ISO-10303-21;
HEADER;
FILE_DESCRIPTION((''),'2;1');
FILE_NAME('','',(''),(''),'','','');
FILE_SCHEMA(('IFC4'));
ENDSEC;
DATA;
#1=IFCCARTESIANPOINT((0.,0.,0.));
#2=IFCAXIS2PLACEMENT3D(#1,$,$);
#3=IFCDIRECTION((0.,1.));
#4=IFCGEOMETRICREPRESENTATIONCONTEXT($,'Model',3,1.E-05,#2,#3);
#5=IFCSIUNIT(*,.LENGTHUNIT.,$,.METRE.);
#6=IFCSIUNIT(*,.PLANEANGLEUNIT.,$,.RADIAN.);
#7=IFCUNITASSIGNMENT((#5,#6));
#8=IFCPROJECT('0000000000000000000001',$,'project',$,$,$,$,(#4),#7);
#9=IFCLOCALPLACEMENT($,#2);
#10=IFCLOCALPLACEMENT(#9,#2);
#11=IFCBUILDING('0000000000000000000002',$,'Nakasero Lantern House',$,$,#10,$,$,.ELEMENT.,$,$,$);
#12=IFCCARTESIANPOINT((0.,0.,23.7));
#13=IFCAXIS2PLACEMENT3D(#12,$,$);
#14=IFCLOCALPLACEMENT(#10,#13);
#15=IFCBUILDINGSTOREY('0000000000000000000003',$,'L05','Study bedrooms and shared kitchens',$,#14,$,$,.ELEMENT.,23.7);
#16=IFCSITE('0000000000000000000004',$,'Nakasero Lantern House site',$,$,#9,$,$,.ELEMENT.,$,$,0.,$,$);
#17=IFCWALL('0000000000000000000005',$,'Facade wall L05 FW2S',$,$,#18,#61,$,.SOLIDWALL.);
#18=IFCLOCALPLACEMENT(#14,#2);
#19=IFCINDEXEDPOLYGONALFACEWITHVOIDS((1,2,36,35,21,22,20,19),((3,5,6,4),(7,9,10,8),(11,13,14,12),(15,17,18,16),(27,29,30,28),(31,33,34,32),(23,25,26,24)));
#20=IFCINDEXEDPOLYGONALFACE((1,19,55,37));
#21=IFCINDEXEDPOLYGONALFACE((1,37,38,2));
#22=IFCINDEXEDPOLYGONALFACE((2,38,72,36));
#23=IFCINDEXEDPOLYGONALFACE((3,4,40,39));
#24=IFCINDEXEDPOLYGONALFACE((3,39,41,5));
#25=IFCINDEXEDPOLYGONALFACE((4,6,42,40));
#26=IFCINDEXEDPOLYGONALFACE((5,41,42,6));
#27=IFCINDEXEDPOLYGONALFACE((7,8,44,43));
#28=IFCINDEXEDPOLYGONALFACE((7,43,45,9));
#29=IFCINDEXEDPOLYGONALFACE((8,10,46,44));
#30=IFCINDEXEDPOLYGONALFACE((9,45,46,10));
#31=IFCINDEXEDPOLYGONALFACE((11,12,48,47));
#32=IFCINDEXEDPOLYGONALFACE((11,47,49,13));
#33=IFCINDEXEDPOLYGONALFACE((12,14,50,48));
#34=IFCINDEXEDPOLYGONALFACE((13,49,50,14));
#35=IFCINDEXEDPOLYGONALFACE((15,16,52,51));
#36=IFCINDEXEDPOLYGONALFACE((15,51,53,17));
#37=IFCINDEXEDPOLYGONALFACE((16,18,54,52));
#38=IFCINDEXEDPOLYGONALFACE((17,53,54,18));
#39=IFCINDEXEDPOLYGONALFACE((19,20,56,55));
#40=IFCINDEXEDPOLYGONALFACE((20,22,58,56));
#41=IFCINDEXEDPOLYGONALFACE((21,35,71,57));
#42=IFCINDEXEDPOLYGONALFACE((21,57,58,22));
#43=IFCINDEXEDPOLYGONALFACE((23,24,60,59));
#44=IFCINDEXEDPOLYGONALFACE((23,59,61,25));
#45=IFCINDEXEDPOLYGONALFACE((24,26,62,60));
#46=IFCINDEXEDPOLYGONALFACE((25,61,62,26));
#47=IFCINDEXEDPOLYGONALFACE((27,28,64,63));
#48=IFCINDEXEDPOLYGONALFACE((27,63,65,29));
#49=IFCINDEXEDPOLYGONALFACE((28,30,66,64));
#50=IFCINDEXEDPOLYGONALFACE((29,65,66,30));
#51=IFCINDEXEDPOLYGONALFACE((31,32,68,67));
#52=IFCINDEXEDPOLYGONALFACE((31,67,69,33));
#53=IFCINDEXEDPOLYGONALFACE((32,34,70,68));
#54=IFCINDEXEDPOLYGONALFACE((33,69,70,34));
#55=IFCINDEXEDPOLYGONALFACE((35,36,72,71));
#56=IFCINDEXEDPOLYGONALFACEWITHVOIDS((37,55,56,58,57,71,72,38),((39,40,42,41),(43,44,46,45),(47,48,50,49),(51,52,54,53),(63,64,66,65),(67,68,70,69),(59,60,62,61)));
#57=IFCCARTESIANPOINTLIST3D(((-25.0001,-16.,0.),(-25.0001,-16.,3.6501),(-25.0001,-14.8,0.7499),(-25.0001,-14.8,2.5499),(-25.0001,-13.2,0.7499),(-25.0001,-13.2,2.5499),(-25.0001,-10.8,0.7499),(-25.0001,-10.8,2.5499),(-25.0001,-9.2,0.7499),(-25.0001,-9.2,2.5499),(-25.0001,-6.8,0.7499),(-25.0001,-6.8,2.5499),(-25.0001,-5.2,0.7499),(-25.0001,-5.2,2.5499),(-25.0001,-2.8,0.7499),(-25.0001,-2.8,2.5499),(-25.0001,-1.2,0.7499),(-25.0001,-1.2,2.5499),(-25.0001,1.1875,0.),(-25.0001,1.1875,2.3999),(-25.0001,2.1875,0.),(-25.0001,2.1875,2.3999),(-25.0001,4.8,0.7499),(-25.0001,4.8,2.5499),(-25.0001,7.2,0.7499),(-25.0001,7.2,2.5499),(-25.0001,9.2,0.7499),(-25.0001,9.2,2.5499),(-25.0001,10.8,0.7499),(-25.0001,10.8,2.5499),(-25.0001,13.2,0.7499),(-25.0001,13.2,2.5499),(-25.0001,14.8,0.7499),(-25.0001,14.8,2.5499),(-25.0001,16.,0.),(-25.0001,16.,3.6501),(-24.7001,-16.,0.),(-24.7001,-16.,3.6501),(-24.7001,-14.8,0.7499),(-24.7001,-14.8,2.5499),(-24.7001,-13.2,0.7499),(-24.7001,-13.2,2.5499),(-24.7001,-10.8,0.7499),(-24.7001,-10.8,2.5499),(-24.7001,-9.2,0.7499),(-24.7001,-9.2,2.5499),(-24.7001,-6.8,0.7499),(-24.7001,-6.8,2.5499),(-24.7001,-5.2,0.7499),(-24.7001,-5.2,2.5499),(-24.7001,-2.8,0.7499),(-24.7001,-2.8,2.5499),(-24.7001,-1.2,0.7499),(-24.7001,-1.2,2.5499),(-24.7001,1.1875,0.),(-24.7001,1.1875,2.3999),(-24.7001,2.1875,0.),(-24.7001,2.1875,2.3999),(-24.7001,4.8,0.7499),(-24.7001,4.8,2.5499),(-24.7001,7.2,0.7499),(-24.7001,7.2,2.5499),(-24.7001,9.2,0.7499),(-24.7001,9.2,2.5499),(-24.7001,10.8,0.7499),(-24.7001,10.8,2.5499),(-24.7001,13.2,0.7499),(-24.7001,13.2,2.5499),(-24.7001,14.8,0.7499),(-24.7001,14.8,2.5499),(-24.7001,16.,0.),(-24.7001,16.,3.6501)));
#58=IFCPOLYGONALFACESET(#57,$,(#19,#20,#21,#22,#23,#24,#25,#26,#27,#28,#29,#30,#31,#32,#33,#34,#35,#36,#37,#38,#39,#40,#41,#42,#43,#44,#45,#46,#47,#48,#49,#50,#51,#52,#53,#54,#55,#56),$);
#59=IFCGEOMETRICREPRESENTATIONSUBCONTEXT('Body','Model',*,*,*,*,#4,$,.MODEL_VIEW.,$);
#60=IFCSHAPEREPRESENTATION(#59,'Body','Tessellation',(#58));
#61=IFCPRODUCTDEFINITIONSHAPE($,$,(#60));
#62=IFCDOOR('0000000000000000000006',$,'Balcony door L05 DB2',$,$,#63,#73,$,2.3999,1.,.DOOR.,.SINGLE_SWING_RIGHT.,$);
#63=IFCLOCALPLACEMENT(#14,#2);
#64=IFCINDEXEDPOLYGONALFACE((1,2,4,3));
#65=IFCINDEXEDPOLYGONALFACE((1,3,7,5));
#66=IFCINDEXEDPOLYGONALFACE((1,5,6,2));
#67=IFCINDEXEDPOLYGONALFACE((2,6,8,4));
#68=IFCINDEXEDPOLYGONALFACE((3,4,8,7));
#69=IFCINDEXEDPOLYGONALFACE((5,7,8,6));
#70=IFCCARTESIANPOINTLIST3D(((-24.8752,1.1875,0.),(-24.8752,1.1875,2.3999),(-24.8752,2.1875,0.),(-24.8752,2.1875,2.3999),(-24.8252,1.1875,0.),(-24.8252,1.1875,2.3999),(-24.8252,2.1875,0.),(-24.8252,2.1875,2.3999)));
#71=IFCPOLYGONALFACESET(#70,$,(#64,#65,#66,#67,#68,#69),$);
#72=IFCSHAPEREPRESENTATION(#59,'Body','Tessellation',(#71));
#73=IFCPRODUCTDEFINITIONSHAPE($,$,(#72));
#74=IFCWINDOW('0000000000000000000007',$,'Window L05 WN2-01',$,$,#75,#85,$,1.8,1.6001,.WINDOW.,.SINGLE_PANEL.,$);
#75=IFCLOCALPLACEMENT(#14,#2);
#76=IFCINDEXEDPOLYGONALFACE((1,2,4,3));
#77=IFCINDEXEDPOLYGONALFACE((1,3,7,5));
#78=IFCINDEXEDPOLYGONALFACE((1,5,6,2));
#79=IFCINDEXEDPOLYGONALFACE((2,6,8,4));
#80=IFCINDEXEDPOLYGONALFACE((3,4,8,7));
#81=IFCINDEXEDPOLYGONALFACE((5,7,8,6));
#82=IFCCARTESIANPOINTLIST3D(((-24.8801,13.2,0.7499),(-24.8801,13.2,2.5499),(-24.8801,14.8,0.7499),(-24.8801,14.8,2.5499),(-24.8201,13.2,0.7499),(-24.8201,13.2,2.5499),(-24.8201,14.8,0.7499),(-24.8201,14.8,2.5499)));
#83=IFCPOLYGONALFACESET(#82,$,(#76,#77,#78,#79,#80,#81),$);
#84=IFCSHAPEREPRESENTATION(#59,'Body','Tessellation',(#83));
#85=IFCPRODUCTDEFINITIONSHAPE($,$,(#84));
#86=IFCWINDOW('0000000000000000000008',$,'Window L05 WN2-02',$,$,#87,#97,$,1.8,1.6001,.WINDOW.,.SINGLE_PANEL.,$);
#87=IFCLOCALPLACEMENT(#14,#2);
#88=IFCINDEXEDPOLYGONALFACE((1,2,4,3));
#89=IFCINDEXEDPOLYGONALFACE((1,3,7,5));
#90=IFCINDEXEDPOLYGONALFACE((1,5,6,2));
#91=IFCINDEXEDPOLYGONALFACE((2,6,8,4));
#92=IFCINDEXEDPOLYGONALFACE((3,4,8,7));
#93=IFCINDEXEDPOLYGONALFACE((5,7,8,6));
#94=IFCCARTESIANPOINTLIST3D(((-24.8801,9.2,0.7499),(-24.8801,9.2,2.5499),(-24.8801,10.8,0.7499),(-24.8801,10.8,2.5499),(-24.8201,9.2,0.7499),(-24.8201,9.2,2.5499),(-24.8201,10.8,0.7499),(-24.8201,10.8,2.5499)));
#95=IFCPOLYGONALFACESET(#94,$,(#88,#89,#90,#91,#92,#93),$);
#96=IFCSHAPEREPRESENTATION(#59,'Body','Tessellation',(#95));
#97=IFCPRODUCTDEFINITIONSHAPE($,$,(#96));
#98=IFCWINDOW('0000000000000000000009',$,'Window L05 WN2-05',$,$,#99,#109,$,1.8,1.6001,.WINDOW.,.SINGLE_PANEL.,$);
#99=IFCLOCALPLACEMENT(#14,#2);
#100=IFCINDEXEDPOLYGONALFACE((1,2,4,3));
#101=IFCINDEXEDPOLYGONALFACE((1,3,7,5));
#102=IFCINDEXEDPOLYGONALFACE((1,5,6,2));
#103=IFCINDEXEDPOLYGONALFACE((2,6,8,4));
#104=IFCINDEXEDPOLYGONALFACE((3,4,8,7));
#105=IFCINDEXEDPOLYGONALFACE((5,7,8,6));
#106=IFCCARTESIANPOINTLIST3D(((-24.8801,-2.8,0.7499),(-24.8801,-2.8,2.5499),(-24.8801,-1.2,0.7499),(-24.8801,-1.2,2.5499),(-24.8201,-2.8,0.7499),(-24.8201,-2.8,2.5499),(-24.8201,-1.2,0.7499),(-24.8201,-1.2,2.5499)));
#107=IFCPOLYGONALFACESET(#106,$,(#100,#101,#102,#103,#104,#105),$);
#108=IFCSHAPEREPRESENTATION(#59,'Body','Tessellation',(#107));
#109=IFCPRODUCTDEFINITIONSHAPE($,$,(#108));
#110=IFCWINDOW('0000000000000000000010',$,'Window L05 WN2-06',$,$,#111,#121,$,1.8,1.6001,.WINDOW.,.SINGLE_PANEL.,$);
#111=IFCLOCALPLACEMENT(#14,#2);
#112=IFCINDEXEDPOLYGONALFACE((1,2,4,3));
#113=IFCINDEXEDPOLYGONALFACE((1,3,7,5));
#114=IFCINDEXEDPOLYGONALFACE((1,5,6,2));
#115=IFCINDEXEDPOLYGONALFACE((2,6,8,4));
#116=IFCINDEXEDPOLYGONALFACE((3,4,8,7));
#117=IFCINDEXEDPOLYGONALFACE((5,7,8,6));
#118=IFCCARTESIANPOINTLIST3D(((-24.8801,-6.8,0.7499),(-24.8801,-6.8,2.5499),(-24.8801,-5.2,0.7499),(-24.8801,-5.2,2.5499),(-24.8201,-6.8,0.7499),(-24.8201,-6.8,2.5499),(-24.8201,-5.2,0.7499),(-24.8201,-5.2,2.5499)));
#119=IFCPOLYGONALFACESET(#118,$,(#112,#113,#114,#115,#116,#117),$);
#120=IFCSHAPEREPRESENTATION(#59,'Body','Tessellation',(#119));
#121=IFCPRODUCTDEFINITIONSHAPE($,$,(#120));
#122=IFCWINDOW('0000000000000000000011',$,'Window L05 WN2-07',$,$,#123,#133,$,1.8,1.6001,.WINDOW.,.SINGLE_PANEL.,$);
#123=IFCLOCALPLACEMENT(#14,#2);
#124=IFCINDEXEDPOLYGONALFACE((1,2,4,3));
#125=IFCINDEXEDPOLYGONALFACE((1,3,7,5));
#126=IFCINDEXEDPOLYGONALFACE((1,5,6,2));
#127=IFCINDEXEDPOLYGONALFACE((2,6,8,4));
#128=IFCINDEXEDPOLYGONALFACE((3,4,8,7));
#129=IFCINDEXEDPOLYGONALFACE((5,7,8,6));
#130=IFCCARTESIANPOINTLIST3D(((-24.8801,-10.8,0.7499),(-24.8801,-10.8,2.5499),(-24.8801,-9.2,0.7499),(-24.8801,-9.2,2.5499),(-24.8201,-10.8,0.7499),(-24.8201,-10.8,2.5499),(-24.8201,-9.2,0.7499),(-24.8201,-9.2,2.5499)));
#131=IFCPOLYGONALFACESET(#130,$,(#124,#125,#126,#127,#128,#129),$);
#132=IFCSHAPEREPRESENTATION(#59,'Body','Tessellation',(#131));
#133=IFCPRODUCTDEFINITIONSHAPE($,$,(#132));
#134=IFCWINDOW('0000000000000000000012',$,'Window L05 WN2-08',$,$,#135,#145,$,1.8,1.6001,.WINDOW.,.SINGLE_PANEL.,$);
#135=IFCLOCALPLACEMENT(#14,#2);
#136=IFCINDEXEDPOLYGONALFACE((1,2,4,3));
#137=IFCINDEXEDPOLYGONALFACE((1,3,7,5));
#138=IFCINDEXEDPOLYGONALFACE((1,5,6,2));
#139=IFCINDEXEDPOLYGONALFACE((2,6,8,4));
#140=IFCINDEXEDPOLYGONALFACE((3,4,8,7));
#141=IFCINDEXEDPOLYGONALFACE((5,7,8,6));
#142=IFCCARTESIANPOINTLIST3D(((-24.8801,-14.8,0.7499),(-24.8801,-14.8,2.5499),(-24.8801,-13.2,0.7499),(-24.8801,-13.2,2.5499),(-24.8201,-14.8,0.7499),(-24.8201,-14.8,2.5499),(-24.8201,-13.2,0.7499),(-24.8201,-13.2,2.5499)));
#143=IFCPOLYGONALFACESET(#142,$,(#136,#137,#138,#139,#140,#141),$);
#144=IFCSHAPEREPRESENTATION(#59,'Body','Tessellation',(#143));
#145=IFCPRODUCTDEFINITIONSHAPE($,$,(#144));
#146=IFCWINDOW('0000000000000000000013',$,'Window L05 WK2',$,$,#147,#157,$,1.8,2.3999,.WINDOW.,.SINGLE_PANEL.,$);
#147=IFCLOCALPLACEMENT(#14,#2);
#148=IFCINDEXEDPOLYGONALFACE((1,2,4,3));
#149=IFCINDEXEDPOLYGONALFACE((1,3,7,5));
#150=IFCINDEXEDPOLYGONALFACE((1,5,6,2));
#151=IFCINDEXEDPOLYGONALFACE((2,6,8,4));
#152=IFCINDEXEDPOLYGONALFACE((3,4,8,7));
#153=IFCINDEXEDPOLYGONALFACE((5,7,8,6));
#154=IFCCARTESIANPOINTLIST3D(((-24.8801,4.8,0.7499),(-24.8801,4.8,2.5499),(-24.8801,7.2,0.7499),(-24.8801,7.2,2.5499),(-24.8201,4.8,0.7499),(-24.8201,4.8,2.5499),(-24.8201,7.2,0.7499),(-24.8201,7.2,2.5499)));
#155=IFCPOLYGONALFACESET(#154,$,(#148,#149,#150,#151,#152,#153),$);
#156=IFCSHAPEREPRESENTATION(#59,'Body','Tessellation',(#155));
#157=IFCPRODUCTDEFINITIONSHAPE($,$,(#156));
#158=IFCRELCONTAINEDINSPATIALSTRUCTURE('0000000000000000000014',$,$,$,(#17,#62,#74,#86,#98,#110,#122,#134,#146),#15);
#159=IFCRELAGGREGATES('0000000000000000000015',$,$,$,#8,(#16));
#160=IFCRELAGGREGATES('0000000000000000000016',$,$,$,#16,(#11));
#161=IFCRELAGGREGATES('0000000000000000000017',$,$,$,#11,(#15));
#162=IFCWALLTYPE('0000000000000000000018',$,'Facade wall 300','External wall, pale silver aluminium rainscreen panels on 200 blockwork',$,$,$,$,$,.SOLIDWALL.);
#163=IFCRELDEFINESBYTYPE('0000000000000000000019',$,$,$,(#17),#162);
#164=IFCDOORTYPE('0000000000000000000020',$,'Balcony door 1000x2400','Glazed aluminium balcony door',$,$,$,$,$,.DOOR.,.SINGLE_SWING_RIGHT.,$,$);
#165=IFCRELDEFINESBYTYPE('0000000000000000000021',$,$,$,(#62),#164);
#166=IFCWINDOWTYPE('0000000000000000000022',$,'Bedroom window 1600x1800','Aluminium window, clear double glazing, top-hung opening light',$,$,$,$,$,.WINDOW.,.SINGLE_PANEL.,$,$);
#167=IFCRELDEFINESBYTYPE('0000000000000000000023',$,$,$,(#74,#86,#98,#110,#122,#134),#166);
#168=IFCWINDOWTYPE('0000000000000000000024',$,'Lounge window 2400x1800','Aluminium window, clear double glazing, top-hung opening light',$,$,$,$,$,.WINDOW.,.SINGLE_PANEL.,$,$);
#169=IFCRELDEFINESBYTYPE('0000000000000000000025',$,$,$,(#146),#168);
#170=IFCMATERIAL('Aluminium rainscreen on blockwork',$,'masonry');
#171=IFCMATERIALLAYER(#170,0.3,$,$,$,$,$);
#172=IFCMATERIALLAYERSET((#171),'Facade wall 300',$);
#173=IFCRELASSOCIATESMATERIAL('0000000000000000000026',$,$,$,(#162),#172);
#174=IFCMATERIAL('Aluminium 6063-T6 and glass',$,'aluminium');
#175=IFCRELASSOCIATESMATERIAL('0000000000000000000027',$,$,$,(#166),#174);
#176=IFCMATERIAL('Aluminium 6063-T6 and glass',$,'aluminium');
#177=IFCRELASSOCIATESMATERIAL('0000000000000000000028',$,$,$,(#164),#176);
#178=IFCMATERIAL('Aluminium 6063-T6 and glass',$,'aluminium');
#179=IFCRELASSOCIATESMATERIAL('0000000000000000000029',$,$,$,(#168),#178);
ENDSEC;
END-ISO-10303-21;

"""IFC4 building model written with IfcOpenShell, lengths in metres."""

from ifc_helpers import new_model, si_unit, direction, frame, frame_2d, origin, place, context, subcontext, project, spatial, rectangle, extrude, material, layer, layer_set, type_object, element, fill, save


model = new_model("IFC4")

# Units and contexts
model_context = context("Model", 3, precision=1e-05, world=origin(), true_north=direction((0.0, 1.0)))
body_context = subcontext(model_context, "Body", "Model", "MODEL_VIEW")
ifc_project = project(units=[si_unit("LENGTHUNIT", "METRE"), si_unit("PLANEANGLEUNIT", "RADIAN")], contexts=[model_context])

# Site, building, storey
site_placement = place(None, origin())
site = spatial("IfcSite", under=ifc_project, at=site_placement, Name="Nakasero Lantern House site", CompositionType="ELEMENT", RefElevation=0.0)
building_placement = place(site_placement, origin())
building = spatial("IfcBuilding", under=site, at=building_placement, Name="Nakasero Lantern House", CompositionType="ELEMENT")
storey_placement = place(building_placement, frame((0.0, 0.0, 23.7)))
storey = spatial("IfcBuildingStorey", under=building, at=storey_placement, Name="L05", Description="Study bedrooms and shared kitchens", CompositionType="ELEMENT", Elevation=23.7)

# Shared definitions
ifc_material_1 = material(Name="Aluminium rainscreen on blockwork", Category="masonry")
ifc_layer_1 = layer(ifc_material_1, 0.3)
ifc_layer_set_1 = layer_set([ifc_layer_1], Name="Facade wall 300")
wall_type_1 = type_object("IfcWallType", Name="Facade wall 300", Description="External wall, pale silver aluminium rainscreen panels on 200 blockwork", PredefinedType="SOLIDWALL", material=ifc_layer_set_1)
ifc_material_2 = material(Name="Aluminium 6063-T6 and glass", Category="aluminium")
window_type_1 = type_object("IfcWindowType", Name="Bedroom window 1600x1800", Description="Aluminium window, clear double glazing, top-hung opening light", PartitioningType="SINGLE_PANEL", PredefinedType="WINDOW", material=ifc_material_2)

# Wall, openings, door, windows
wall_1_placement = place(storey_placement, frame((-24.8501, 16.0, 0.0), z_axis=(0.0, 0.0, 1.0), x_axis=(0.0, -1.0, 0.0)))
wall_1 = element("IfcWall", 1, at=wall_1_placement, inside=storey, type_object=wall_type_1, Name="Facade wall L05 FW2S", PredefinedType="SOLIDWALL", context=body_context, shape_type="SweptSolid", body=[
    extrude(rectangle(XDim=32.0, YDim=0.3, at=frame_2d((16.0, 0.0))), origin(), (0.0, 0.0, 1.0), 3.6501),
])
opening_1_placement = place(wall_1_placement, frame((1.2, 0.0, 0.75)))
opening_1 = element("IfcOpeningElement", 2, at=opening_1_placement, cuts=wall_1, PredefinedType="OPENING", context=body_context, shape_type="SweptSolid", body=[
    extrude(rectangle(XDim=1.6001, YDim=1.8, at=frame_2d((0.8, 0.8999))), frame((0.0, 0.1699, 0.0), z_axis=(0.0, -1.0, 0.0), x_axis=(1.0, 0.0, 0.0)), (0.0, 0.0, 1.0), 0.3401),
])
opening_2_placement = place(wall_1_placement, frame((5.2, 0.0, 0.75)))
opening_2 = element("IfcOpeningElement", 3, at=opening_2_placement, cuts=wall_1, PredefinedType="OPENING", context=body_context, shape_type="SweptSolid", body=[
    extrude(rectangle(XDim=1.6001, YDim=1.8, at=frame_2d((0.8, 0.8999))), frame((0.0, 0.1699, 0.0), z_axis=(0.0, -1.0, 0.0), x_axis=(1.0, 0.0, 0.0)), (0.0, 0.0, 1.0), 0.3401),
])
opening_3_placement = place(wall_1_placement, frame((17.2, 0.0, 0.75)))
opening_3 = element("IfcOpeningElement", 4, at=opening_3_placement, cuts=wall_1, PredefinedType="OPENING", context=body_context, shape_type="SweptSolid", body=[
    extrude(rectangle(XDim=1.6001, YDim=1.8, at=frame_2d((0.8, 0.8999))), frame((0.0, 0.1699, 0.0), z_axis=(0.0, -1.0, 0.0), x_axis=(1.0, 0.0, 0.0)), (0.0, 0.0, 1.0), 0.3401),
])
opening_4_placement = place(wall_1_placement, frame((21.2, 0.0, 0.75)))
opening_4 = element("IfcOpeningElement", 5, at=opening_4_placement, cuts=wall_1, PredefinedType="OPENING", context=body_context, shape_type="SweptSolid", body=[
    extrude(rectangle(XDim=1.6001, YDim=1.8, at=frame_2d((0.8, 0.8999))), frame((0.0, 0.1699, 0.0), z_axis=(0.0, -1.0, 0.0), x_axis=(1.0, 0.0, 0.0)), (0.0, 0.0, 1.0), 0.3401),
])
opening_5_placement = place(wall_1_placement, frame((25.2, 0.0, 0.75)))
opening_5 = element("IfcOpeningElement", 6, at=opening_5_placement, cuts=wall_1, PredefinedType="OPENING", context=body_context, shape_type="SweptSolid", body=[
    extrude(rectangle(XDim=1.6001, YDim=1.8, at=frame_2d((0.8, 0.8999))), frame((0.0, 0.1699, 0.0), z_axis=(0.0, -1.0, 0.0), x_axis=(1.0, 0.0, 0.0)), (0.0, 0.0, 1.0), 0.3401),
])
opening_6_placement = place(wall_1_placement, frame((29.2, 0.0, 0.75)))
opening_6 = element("IfcOpeningElement", 7, at=opening_6_placement, cuts=wall_1, PredefinedType="OPENING", context=body_context, shape_type="SweptSolid", body=[
    extrude(rectangle(XDim=1.6001, YDim=1.8, at=frame_2d((0.8, 0.8999))), frame((0.0, 0.1699, 0.0), z_axis=(0.0, -1.0, 0.0), x_axis=(1.0, 0.0, 0.0)), (0.0, 0.0, 1.0), 0.3401),
])
opening_7_placement = place(wall_1_placement, frame((8.8, 0.0, 0.75)))
opening_7 = element("IfcOpeningElement", 8, at=opening_7_placement, cuts=wall_1, PredefinedType="OPENING", context=body_context, shape_type="SweptSolid", body=[
    extrude(rectangle(XDim=2.3999, YDim=1.8, at=frame_2d((1.2, 0.8999))), frame((0.0, 0.1699, 0.0), z_axis=(0.0, -1.0, 0.0), x_axis=(1.0, 0.0, 0.0)), (0.0, 0.0, 1.0), 0.3401),
])
opening_8_placement = place(wall_1_placement, frame((13.8125, 0.0, 0.0)))
opening_8 = element("IfcOpeningElement", 9, at=opening_8_placement, cuts=wall_1, PredefinedType="OPENING", context=body_context, shape_type="SweptSolid", body=[
    extrude(rectangle(XDim=1.0, YDim=2.3999, at=frame_2d((0.5, 1.2))), frame((0.0, 0.1699, 0.0), z_axis=(0.0, -1.0, 0.0), x_axis=(1.0, 0.0, 0.0)), (0.0, 0.0, 1.0), 0.3401),
])
ifc_material_3 = material(Name="Aluminium 6063-T6 and glass", Category="aluminium")
door_type_1 = type_object("IfcDoorType", Name="Balcony door 1000x2400", Description="Glazed aluminium balcony door", OperationType="SINGLE_SWING_RIGHT", PredefinedType="DOOR", material=ifc_material_3)
door_1_placement = place(opening_8_placement, origin())
door_1 = element("IfcDoor", 10, at=door_1_placement, inside=storey, type_object=door_type_1, Name="Balcony door L05 DB2", OperationType="SINGLE_SWING_RIGHT", OverallHeight=2.3999, OverallWidth=1.0, PredefinedType="DOOR", context=body_context, shape_type="SweptSolid", body=[
    extrude(rectangle(XDim=1.0, YDim=2.3999, at=frame_2d((0.5, 1.2))), frame((0.0, 0.0249, 0.0), z_axis=(0.0, -1.0, 0.0), x_axis=(1.0, 0.0, 0.0)), (0.0, 0.0, 1.0), 0.05),
])
fill(opening_8, door_1)
window_1_placement = place(opening_1_placement, origin())
window_1 = element("IfcWindow", 11, at=window_1_placement, inside=storey, type_object=window_type_1, Name="Window L05 WN2-01", OverallHeight=1.8, OverallWidth=1.6001, PartitioningType="SINGLE_PANEL", PredefinedType="WINDOW", context=body_context, shape_type="SweptSolid", body=[
    extrude(rectangle(XDim=1.6001, YDim=1.8, at=frame_2d((0.8, 0.8999))), frame((0.0, 0.03, 0.0), z_axis=(0.0, -1.0, 0.0), x_axis=(1.0, 0.0, 0.0)), (0.0, 0.0, 1.0), 0.0601),
])
fill(opening_1, window_1)
window_2_placement = place(opening_2_placement, origin())
window_2 = element("IfcWindow", 12, at=window_2_placement, inside=storey, type_object=window_type_1, Name="Window L05 WN2-02", OverallHeight=1.8, OverallWidth=1.6001, PartitioningType="SINGLE_PANEL", PredefinedType="WINDOW", context=body_context, shape_type="SweptSolid", body=[
    extrude(rectangle(XDim=1.6001, YDim=1.8, at=frame_2d((0.8, 0.8999))), frame((0.0, 0.03, 0.0), z_axis=(0.0, -1.0, 0.0), x_axis=(1.0, 0.0, 0.0)), (0.0, 0.0, 1.0), 0.0601),
])
fill(opening_2, window_2)
window_3_placement = place(opening_3_placement, origin())
window_3 = element("IfcWindow", 13, at=window_3_placement, inside=storey, type_object=window_type_1, Name="Window L05 WN2-05", OverallHeight=1.8, OverallWidth=1.6001, PartitioningType="SINGLE_PANEL", PredefinedType="WINDOW", context=body_context, shape_type="SweptSolid", body=[
    extrude(rectangle(XDim=1.6001, YDim=1.8, at=frame_2d((0.8, 0.8999))), frame((0.0, 0.03, 0.0), z_axis=(0.0, -1.0, 0.0), x_axis=(1.0, 0.0, 0.0)), (0.0, 0.0, 1.0), 0.0601),
])
fill(opening_3, window_3)
window_4_placement = place(opening_4_placement, origin())
window_4 = element("IfcWindow", 14, at=window_4_placement, inside=storey, type_object=window_type_1, Name="Window L05 WN2-06", OverallHeight=1.8, OverallWidth=1.6001, PartitioningType="SINGLE_PANEL", PredefinedType="WINDOW", context=body_context, shape_type="SweptSolid", body=[
    extrude(rectangle(XDim=1.6001, YDim=1.8, at=frame_2d((0.8, 0.8999))), frame((0.0, 0.03, 0.0), z_axis=(0.0, -1.0, 0.0), x_axis=(1.0, 0.0, 0.0)), (0.0, 0.0, 1.0), 0.0601),
])
fill(opening_4, window_4)
window_5_placement = place(opening_5_placement, origin())
window_5 = element("IfcWindow", 15, at=window_5_placement, inside=storey, type_object=window_type_1, Name="Window L05 WN2-07", OverallHeight=1.8, OverallWidth=1.6001, PartitioningType="SINGLE_PANEL", PredefinedType="WINDOW", context=body_context, shape_type="SweptSolid", body=[
    extrude(rectangle(XDim=1.6001, YDim=1.8, at=frame_2d((0.8, 0.8999))), frame((0.0, 0.03, 0.0), z_axis=(0.0, -1.0, 0.0), x_axis=(1.0, 0.0, 0.0)), (0.0, 0.0, 1.0), 0.0601),
])
fill(opening_5, window_5)
window_6_placement = place(opening_6_placement, origin())
window_6 = element("IfcWindow", 16, at=window_6_placement, inside=storey, type_object=window_type_1, Name="Window L05 WN2-08", OverallHeight=1.8, OverallWidth=1.6001, PartitioningType="SINGLE_PANEL", PredefinedType="WINDOW", context=body_context, shape_type="SweptSolid", body=[
    extrude(rectangle(XDim=1.6001, YDim=1.8, at=frame_2d((0.8, 0.8999))), frame((0.0, 0.03, 0.0), z_axis=(0.0, -1.0, 0.0), x_axis=(1.0, 0.0, 0.0)), (0.0, 0.0, 1.0), 0.0601),
])
fill(opening_6, window_6)
ifc_material_4 = material(Name="Aluminium 6063-T6 and glass", Category="aluminium")
window_type_2 = type_object("IfcWindowType", Name="Lounge window 2400x1800", Description="Aluminium window, clear double glazing, top-hung opening light", PartitioningType="SINGLE_PANEL", PredefinedType="WINDOW", material=ifc_material_4)
window_7_placement = place(opening_7_placement, origin())
window_7 = element("IfcWindow", 17, at=window_7_placement, inside=storey, type_object=window_type_2, Name="Window L05 WK2", OverallHeight=1.8, OverallWidth=2.3999, PartitioningType="SINGLE_PANEL", PredefinedType="WINDOW", context=body_context, shape_type="SweptSolid", body=[
    extrude(rectangle(XDim=2.3999, YDim=1.8, at=frame_2d((1.2, 0.8999))), frame((0.0, 0.03, 0.0), z_axis=(0.0, -1.0, 0.0), x_axis=(1.0, 0.0, 0.0)), (0.0, 0.0, 1.0), 0.0601),
])
fill(opening_7, window_7)

save(model, "model.ifc")
